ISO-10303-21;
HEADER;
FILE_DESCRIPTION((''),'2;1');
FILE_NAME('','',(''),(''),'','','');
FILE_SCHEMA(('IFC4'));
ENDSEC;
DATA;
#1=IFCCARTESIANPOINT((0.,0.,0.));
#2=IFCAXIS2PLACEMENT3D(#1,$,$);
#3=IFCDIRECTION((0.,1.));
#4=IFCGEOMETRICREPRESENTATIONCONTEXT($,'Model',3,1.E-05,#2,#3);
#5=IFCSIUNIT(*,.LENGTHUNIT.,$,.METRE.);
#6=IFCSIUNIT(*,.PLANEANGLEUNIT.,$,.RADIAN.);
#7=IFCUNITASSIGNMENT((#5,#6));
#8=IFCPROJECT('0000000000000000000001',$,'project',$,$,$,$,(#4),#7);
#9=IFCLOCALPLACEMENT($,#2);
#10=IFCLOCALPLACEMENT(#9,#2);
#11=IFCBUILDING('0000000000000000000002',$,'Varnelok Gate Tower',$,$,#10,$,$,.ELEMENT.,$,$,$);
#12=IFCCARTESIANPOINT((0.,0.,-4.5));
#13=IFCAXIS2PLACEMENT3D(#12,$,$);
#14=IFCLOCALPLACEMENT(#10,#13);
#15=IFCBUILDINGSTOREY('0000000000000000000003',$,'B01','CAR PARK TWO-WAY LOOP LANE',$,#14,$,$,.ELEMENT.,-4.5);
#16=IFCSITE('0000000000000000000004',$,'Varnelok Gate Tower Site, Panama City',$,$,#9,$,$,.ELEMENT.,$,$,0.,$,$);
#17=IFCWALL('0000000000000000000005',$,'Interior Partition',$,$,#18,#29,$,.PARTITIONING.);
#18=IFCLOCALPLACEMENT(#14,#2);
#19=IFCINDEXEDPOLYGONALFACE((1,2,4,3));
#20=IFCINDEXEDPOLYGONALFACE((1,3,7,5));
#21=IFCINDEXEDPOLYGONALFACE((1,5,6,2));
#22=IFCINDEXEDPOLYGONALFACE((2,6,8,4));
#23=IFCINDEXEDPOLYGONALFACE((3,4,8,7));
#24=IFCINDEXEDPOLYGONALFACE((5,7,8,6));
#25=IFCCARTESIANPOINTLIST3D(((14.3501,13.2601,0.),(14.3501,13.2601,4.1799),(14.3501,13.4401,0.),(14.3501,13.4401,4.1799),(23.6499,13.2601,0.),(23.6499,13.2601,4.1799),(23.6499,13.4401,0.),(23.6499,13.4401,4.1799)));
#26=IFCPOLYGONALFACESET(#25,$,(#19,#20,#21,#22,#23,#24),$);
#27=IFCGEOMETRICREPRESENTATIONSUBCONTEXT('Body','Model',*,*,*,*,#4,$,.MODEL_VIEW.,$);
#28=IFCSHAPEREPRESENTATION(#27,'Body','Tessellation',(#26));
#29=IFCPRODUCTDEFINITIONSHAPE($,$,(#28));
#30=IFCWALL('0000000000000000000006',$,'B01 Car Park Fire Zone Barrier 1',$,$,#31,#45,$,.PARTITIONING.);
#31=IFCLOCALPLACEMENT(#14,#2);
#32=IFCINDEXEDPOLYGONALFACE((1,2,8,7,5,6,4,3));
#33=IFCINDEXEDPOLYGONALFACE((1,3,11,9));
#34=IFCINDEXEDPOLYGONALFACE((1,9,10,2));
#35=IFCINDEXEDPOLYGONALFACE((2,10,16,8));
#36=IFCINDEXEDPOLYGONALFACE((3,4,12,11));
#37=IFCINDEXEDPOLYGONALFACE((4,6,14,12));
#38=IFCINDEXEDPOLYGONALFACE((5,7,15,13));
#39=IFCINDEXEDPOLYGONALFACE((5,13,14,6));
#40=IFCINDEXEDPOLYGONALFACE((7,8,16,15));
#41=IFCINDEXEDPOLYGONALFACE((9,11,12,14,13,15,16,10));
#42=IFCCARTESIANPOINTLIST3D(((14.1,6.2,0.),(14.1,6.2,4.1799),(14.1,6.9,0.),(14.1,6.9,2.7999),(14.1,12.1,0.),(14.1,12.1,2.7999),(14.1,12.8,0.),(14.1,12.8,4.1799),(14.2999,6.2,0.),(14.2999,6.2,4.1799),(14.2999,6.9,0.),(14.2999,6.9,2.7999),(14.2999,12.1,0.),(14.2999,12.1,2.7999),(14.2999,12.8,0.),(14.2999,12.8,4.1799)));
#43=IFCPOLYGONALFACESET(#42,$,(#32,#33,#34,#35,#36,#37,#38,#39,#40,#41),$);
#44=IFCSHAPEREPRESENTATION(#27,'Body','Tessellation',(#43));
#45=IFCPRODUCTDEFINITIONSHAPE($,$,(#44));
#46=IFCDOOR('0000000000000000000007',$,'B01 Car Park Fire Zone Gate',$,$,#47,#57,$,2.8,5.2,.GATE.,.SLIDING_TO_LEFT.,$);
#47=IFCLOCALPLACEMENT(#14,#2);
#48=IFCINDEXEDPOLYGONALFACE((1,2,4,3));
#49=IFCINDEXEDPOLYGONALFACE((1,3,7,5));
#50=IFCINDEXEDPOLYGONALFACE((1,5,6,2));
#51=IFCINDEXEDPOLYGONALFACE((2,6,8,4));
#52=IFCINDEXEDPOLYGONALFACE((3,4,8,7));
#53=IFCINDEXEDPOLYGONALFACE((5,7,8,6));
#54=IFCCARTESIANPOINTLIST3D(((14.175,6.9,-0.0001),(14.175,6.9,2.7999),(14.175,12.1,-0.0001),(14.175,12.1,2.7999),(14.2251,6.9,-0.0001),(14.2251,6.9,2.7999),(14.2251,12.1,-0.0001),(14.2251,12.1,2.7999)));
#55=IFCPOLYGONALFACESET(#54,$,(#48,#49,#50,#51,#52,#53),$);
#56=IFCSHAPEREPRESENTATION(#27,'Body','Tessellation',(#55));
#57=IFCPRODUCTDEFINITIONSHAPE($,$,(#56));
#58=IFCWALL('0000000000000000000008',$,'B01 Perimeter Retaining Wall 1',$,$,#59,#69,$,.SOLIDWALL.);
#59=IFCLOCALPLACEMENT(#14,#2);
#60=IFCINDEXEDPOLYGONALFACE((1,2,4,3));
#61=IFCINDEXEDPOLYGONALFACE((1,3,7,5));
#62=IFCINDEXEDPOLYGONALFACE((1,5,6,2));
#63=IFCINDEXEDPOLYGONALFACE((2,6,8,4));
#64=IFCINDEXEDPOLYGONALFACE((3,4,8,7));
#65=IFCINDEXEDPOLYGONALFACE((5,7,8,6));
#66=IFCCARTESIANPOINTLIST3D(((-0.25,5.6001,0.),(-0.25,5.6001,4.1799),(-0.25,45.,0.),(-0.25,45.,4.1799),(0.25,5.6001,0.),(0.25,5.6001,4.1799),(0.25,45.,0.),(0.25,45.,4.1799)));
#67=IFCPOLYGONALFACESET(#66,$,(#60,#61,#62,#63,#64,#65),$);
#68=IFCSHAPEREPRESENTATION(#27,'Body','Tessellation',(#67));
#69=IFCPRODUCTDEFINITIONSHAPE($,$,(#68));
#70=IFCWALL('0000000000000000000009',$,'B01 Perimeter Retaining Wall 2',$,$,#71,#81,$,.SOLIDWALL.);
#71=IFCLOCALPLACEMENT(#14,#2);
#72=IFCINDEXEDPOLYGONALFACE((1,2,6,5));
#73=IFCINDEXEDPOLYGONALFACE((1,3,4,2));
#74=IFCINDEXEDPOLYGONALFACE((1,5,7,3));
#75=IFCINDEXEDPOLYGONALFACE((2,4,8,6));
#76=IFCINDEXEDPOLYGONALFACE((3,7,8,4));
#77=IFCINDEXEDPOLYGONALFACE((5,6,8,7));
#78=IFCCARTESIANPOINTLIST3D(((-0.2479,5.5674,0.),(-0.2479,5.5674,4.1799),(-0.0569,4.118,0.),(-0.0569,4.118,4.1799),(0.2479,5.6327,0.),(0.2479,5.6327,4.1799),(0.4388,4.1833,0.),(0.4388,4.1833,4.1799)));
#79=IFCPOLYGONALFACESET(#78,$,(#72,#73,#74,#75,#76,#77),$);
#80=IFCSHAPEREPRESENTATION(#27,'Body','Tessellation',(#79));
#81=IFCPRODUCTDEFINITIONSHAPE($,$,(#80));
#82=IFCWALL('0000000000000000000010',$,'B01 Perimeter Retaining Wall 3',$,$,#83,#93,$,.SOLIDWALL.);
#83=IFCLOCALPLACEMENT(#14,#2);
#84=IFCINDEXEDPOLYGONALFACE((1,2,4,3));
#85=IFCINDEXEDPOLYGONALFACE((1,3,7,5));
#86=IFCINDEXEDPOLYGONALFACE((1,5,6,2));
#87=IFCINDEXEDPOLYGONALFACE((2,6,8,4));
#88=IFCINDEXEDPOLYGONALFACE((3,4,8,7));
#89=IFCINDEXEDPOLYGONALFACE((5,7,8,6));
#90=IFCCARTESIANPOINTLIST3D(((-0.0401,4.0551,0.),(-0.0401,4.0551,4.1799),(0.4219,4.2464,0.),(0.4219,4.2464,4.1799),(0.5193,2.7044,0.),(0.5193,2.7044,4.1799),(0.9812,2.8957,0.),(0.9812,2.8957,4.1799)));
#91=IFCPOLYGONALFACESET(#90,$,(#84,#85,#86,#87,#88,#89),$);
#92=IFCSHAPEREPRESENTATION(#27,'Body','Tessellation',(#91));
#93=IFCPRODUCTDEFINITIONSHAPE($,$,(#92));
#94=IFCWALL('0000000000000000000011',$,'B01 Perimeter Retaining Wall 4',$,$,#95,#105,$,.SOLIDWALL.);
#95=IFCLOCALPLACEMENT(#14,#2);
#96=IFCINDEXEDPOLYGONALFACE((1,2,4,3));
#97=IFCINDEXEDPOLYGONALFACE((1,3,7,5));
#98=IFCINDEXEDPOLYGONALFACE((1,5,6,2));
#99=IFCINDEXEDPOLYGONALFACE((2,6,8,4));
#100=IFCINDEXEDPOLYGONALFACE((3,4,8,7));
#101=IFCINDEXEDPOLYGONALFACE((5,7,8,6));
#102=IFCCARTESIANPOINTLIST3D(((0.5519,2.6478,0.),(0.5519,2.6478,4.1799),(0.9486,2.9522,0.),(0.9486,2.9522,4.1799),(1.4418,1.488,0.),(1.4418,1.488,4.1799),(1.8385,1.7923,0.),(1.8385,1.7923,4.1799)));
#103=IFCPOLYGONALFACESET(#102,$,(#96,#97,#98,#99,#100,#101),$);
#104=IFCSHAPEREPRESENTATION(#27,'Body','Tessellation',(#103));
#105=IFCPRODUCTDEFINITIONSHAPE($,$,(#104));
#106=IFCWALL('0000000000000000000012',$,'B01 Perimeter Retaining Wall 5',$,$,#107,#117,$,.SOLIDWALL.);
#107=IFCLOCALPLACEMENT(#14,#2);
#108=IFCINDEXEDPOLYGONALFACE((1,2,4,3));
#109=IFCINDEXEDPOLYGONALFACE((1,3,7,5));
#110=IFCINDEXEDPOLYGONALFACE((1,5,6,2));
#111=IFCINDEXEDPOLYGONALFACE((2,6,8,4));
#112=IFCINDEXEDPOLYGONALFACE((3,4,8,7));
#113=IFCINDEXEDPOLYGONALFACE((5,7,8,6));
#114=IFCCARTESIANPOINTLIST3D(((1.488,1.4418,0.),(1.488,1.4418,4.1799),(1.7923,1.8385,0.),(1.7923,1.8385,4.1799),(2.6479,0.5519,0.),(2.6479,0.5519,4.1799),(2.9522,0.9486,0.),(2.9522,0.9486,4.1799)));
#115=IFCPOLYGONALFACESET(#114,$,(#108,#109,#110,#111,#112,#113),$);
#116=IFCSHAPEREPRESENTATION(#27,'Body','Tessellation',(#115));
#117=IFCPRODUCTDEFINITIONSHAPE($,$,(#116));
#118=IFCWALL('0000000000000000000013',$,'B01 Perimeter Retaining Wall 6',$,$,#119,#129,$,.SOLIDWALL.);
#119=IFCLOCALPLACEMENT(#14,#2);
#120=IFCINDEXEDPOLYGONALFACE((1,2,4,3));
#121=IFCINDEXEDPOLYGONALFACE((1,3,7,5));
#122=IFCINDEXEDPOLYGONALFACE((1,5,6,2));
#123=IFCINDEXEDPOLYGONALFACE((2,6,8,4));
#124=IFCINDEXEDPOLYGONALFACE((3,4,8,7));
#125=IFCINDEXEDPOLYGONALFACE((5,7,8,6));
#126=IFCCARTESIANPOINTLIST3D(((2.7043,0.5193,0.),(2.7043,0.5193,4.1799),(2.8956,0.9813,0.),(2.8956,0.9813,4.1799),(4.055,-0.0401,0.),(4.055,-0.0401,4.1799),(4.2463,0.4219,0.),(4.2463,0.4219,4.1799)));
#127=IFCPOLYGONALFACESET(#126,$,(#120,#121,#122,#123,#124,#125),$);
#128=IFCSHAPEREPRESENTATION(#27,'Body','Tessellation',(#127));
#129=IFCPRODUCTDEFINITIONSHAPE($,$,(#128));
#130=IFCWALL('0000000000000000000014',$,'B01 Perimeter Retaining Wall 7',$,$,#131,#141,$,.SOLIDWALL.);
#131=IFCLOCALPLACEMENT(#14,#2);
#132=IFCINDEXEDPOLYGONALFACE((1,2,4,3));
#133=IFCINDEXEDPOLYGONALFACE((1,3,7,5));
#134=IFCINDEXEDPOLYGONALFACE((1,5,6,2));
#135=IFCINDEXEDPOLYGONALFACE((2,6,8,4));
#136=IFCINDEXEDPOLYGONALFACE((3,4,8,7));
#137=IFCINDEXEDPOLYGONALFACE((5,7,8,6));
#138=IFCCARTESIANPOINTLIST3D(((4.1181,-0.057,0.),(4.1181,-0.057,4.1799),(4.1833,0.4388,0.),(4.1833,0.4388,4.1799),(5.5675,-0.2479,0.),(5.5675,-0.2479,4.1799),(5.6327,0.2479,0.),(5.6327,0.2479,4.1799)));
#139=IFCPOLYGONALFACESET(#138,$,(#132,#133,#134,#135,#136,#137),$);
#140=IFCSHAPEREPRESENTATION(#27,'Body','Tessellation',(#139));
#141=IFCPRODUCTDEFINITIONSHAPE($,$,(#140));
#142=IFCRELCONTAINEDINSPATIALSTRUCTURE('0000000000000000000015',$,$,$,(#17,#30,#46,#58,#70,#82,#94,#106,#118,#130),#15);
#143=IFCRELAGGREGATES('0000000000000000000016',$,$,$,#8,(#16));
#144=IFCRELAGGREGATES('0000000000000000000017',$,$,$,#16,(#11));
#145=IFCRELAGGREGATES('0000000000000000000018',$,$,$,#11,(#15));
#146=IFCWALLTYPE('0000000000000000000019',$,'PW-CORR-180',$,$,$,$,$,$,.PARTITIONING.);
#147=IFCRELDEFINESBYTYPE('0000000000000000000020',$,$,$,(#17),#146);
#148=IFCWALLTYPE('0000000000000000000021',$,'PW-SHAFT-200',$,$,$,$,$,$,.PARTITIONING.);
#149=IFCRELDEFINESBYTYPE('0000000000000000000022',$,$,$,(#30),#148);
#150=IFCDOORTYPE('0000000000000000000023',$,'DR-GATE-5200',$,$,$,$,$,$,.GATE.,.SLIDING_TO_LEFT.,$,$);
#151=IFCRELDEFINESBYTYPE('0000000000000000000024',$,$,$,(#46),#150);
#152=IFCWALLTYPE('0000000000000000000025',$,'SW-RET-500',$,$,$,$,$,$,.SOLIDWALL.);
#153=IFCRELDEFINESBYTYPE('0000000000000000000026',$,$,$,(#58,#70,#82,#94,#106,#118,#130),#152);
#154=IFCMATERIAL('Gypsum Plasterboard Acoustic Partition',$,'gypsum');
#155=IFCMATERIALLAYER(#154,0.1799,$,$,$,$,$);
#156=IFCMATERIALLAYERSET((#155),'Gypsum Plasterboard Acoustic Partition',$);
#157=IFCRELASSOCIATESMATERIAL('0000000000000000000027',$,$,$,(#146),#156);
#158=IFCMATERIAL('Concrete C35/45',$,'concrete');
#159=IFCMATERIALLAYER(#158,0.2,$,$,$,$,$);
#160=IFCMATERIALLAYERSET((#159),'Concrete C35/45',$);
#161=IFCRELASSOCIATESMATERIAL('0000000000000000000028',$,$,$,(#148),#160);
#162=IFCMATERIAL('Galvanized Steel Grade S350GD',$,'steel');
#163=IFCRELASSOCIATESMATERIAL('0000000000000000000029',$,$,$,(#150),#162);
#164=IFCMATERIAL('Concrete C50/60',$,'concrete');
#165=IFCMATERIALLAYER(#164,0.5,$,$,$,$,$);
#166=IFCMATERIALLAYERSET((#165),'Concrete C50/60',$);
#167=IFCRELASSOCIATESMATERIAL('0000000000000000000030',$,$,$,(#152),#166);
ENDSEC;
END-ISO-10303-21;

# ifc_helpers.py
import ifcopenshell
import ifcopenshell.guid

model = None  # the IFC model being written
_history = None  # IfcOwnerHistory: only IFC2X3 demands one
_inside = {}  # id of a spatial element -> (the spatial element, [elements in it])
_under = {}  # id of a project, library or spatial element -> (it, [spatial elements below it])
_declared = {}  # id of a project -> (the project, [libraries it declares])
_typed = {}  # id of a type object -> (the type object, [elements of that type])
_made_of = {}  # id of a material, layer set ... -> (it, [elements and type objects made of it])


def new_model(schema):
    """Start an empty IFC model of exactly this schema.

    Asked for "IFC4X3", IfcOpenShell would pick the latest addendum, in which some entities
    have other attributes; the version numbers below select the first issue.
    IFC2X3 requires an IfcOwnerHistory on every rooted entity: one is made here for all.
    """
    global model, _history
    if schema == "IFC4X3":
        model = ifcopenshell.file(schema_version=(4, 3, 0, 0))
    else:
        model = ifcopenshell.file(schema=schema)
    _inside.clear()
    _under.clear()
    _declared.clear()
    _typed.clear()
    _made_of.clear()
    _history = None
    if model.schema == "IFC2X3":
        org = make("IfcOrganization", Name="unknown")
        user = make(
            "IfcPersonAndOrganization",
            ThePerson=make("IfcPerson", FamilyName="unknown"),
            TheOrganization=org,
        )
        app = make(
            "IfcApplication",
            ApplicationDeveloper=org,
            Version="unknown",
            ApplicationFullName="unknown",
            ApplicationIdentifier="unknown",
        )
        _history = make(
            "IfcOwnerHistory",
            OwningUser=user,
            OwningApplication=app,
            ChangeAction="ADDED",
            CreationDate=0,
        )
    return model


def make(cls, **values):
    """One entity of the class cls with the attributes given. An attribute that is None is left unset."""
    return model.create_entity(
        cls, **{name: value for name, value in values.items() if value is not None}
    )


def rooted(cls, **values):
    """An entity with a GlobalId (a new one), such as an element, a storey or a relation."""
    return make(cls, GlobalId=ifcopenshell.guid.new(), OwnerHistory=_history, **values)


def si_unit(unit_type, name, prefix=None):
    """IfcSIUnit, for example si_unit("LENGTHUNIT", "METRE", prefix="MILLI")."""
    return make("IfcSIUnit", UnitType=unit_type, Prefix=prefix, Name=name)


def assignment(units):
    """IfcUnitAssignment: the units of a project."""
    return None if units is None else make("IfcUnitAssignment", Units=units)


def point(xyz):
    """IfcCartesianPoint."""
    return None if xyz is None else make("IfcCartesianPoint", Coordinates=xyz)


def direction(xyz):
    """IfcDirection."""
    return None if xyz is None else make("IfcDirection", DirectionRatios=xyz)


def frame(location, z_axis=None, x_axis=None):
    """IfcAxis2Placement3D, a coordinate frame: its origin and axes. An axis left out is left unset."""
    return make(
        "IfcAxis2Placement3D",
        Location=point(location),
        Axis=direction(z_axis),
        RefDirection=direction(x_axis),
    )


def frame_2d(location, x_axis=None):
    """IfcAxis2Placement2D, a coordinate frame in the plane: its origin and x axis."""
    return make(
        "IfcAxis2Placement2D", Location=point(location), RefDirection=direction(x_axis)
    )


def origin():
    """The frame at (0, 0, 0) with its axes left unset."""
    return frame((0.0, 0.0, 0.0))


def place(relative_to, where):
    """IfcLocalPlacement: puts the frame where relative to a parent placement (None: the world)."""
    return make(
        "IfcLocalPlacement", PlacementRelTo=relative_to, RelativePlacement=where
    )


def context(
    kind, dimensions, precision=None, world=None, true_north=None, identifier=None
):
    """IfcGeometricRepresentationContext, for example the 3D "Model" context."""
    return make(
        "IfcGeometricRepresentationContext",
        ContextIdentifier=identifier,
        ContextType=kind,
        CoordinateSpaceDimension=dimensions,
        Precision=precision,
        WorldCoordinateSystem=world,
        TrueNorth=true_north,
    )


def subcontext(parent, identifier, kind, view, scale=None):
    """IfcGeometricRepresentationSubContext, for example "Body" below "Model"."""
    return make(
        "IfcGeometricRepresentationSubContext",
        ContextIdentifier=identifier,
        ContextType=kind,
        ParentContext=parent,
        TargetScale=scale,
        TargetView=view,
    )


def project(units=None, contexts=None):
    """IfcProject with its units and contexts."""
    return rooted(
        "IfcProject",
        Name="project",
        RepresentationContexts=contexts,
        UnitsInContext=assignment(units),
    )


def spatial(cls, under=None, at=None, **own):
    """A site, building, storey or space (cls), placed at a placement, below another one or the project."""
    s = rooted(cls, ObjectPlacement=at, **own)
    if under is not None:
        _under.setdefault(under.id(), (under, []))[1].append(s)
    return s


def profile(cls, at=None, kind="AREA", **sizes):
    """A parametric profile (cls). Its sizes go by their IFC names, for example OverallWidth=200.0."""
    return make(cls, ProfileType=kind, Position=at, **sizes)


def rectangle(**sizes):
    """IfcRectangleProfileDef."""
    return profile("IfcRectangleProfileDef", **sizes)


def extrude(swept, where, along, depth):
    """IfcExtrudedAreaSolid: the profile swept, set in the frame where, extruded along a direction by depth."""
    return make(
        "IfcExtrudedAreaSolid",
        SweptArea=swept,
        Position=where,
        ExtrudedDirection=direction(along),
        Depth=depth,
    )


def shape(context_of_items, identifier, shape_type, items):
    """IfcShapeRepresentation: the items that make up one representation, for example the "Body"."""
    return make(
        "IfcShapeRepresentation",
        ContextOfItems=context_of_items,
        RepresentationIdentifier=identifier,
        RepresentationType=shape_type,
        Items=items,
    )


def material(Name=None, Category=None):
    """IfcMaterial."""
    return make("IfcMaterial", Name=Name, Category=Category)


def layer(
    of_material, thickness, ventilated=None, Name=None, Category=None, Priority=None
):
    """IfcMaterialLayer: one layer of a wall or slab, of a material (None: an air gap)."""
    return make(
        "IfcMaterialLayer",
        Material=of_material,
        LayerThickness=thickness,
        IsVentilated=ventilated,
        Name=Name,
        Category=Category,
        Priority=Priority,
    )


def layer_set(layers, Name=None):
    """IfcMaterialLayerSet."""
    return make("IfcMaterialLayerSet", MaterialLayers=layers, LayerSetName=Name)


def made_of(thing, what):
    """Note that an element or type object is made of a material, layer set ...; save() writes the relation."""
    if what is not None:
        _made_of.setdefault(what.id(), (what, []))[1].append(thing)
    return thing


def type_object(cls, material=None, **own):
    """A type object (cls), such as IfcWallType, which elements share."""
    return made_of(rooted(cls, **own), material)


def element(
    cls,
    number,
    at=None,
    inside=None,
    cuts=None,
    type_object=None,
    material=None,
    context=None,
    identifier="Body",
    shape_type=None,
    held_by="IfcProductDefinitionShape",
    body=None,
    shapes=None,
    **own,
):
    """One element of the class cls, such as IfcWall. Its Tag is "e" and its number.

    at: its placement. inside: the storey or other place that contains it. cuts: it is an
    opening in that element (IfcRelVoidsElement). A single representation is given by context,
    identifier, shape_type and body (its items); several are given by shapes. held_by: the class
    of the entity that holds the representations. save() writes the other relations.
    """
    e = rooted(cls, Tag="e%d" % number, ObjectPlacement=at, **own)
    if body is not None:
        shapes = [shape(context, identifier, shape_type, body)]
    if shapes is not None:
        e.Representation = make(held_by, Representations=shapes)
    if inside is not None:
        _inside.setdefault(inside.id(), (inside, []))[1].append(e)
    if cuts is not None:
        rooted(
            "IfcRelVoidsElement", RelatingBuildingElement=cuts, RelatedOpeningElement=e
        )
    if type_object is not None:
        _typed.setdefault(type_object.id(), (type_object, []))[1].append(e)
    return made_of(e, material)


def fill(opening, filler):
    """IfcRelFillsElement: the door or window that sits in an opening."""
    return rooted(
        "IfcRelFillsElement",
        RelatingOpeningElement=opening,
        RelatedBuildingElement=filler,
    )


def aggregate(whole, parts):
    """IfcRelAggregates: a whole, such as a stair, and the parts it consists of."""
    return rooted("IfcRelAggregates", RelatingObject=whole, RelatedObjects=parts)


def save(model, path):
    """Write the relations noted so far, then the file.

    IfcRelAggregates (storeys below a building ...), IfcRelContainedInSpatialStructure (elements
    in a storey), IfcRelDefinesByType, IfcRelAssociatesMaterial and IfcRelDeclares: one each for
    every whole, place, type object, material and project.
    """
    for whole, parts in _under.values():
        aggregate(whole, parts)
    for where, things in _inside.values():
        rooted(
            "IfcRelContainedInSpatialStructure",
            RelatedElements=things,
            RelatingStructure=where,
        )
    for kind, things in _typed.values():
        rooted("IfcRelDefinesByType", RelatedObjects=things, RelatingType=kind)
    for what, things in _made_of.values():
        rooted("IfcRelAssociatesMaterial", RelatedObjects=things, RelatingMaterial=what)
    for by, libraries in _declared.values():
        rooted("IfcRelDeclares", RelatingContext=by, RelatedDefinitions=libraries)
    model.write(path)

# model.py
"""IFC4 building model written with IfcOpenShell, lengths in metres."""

from ifc_helpers import new_model, si_unit, direction, frame, frame_2d, origin, place, context, subcontext, project, spatial, rectangle, extrude, material, layer, layer_set, type_object, element, fill, save


model = new_model("IFC4")

# Units and contexts
model_context = context("Model", 3, precision=1e-05, world=origin(), true_north=direction((0.0, 1.0)))
body_context = subcontext(model_context, "Body", "Model", "MODEL_VIEW")
ifc_project = project(units=[si_unit("LENGTHUNIT", "METRE"), si_unit("PLANEANGLEUNIT", "RADIAN")], contexts=[model_context])

# Site, building, storey
site_placement = place(None, origin())
site = spatial("IfcSite", under=ifc_project, at=site_placement, Name="Varnelok Gate Tower Site, Panama City", CompositionType="ELEMENT", RefElevation=0.0)
building_placement = place(site_placement, origin())
building = spatial("IfcBuilding", under=site, at=building_placement, Name="Varnelok Gate Tower", CompositionType="ELEMENT")
storey_placement = place(building_placement, frame((0.0, 0.0, -4.5)))
storey = spatial("IfcBuildingStorey", under=building, at=storey_placement, Name="B01", Description="CAR PARK TWO-WAY LOOP LANE", CompositionType="ELEMENT", Elevation=-4.5)

# Shared definitions
ifc_material_1 = material(Name="Concrete C50/60", Category="concrete")

# Shared definitions
ifc_material_2 = material(Name="Gypsum Plasterboard Acoustic Partition", Category="gypsum")
ifc_layer_1 = layer(ifc_material_2, 0.1799)
ifc_layer_set_1 = layer_set([ifc_layer_1], Name="Gypsum Plasterboard Acoustic Partition")
wall_type_1 = type_object("IfcWallType", Name="PW-CORR-180", PredefinedType="PARTITIONING", material=ifc_layer_set_1)
ifc_material_3 = material(Name="Galvanized Steel Grade S350GD", Category="steel")

# Wall
wall_1_placement = place(storey_placement, frame((14.3501, 13.3501, 0.0), z_axis=(0.0, 0.0, 1.0), x_axis=(1.0, 0.0, 0.0)))
element("IfcWall", 1, at=wall_1_placement, inside=storey, type_object=wall_type_1, Name="Interior Partition", PredefinedType="PARTITIONING", context=body_context, shape_type="SweptSolid", body=[
    extrude(rectangle(XDim=9.2998, YDim=0.1799, at=frame_2d((4.6499, 0.0))), origin(), (0.0, 0.0, 1.0), 4.1799),
])

# Wall, opening, door
ifc_material_4 = material(Name="Concrete C35/45", Category="concrete")
ifc_layer_2 = layer(ifc_material_4, 0.2)
ifc_layer_set_2 = layer_set([ifc_layer_2], Name="Concrete C35/45")
wall_type_2 = type_object("IfcWallType", Name="PW-SHAFT-200", PredefinedType="PARTITIONING", material=ifc_layer_set_2)
wall_2_placement = place(storey_placement, frame((14.2, 6.2, 0.0), z_axis=(0.0, 0.0, 1.0), x_axis=(0.0, 1.0, 0.0)))
wall_2 = element("IfcWall", 2, at=wall_2_placement, inside=storey, type_object=wall_type_2, Name="B01 Car Park Fire Zone Barrier 1", PredefinedType="PARTITIONING", context=body_context, shape_type="SweptSolid", body=[
    extrude(rectangle(XDim=6.6001, YDim=0.2, at=frame_2d((3.3, 0.0))), origin(), (0.0, 0.0, 1.0), 4.1799),
])
opening_1_placement = place(wall_2_placement, frame((0.7, 0.0, 0.0)))
opening_1 = element("IfcOpeningElement", 3, at=opening_1_placement, cuts=wall_2, PredefinedType="OPENING", context=body_context, shape_type="SweptSolid", body=[
    extrude(rectangle(XDim=5.2, YDim=2.8, at=frame_2d((2.6001, 1.3999))), frame((0.0, 0.1099, 0.0), z_axis=(0.0, -1.0, 0.0), x_axis=(1.0, 0.0, 0.0)), (0.0, 0.0, 1.0), 0.22),
])
door_type_1 = type_object("IfcDoorType", Name="DR-GATE-5200", OperationType="SLIDING_TO_LEFT", PredefinedType="GATE", material=ifc_material_3)
door_1_placement = place(opening_1_placement, origin())
door_1 = element("IfcDoor", 4, at=door_1_placement, inside=storey, type_object=door_type_1, Name="B01 Car Park Fire Zone Gate", OperationType="SLIDING_TO_LEFT", OverallHeight=2.8, OverallWidth=5.2, PredefinedType="GATE", context=body_context, shape_type="SweptSolid", body=[
    extrude(rectangle(XDim=5.2, YDim=2.8, at=frame_2d((2.6001, 1.3999))), frame((0.0, 0.0249, 0.0), z_axis=(0.0, -1.0, 0.0), x_axis=(1.0, 0.0, 0.0)), (0.0, 0.0, 1.0), 0.05),
])
fill(opening_1, door_1)

# Walls
ifc_layer_3 = layer(ifc_material_1, 0.5)
ifc_layer_set_3 = layer_set([ifc_layer_3], Name="Concrete C50/60")
wall_type_3 = type_object("IfcWallType", Name="SW-RET-500", PredefinedType="SOLIDWALL", material=ifc_layer_set_3)
wall_3_placement = place(storey_placement, frame((0.0, 5.6001, 0.0), z_axis=(0.0, 0.0, 1.0), x_axis=(0.0, 1.0, 0.0)))
element("IfcWall", 5, at=wall_3_placement, inside=storey, type_object=wall_type_3, Name="B01 Perimeter Retaining Wall 1", PredefinedType="SOLIDWALL", context=body_context, shape_type="SweptSolid", body=[
    extrude(rectangle(XDim=39.3999, YDim=0.5, at=frame_2d((19.7, 0.0))), origin(), (0.0, 0.0, 1.0), 4.1799),
])
for number, where, z_axis, x_axis, name in (
    (6, (0.1909, 4.1506, 0.0), (0.0, 0.0, 1.0), (-0.130588, 0.991437, 0.0), "B01 Perimeter Retaining Wall 2"),
    (7, (0.7502, 2.8, 0.0), (0.0, 0.0, 1.0), (-0.382622, 0.923905, 0.0), "B01 Perimeter Retaining Wall 3"),
    (8, (1.6401, 1.6401, 0.0), (0.0, 0.0, 1.0), (-0.608701, 0.793399, 0.0), "B01 Perimeter Retaining Wall 4"),
    (9, (2.8, 0.7502, 0.0), (0.0, 0.0, 1.0), (-0.793399, 0.608701, 0.0), "B01 Perimeter Retaining Wall 5"),
    (10, (4.1506, 0.1909, 0.0), (0.0, 0.0, 1.0), (-0.923905, 0.382622, 0.0), "B01 Perimeter Retaining Wall 6"),
    (11, (5.6001, 0.0, 0.0), (0.0, 0.0, 1.0), (-0.991437, 0.130588, 0.0), "B01 Perimeter Retaining Wall 7"),
):
    element("IfcWall", number, at=place(storey_placement, frame(where, z_axis=z_axis, x_axis=x_axis)), inside=storey, type_object=wall_type_3, Name=name, PredefinedType="SOLIDWALL", context=body_context, shape_type="SweptSolid", body=[
        extrude(rectangle(XDim=1.4619, YDim=0.5, at=frame_2d((0.731, 0.0))), origin(), (0.0, 0.0, 1.0), 4.1799),
    ])

save(model, "model.ifc")
